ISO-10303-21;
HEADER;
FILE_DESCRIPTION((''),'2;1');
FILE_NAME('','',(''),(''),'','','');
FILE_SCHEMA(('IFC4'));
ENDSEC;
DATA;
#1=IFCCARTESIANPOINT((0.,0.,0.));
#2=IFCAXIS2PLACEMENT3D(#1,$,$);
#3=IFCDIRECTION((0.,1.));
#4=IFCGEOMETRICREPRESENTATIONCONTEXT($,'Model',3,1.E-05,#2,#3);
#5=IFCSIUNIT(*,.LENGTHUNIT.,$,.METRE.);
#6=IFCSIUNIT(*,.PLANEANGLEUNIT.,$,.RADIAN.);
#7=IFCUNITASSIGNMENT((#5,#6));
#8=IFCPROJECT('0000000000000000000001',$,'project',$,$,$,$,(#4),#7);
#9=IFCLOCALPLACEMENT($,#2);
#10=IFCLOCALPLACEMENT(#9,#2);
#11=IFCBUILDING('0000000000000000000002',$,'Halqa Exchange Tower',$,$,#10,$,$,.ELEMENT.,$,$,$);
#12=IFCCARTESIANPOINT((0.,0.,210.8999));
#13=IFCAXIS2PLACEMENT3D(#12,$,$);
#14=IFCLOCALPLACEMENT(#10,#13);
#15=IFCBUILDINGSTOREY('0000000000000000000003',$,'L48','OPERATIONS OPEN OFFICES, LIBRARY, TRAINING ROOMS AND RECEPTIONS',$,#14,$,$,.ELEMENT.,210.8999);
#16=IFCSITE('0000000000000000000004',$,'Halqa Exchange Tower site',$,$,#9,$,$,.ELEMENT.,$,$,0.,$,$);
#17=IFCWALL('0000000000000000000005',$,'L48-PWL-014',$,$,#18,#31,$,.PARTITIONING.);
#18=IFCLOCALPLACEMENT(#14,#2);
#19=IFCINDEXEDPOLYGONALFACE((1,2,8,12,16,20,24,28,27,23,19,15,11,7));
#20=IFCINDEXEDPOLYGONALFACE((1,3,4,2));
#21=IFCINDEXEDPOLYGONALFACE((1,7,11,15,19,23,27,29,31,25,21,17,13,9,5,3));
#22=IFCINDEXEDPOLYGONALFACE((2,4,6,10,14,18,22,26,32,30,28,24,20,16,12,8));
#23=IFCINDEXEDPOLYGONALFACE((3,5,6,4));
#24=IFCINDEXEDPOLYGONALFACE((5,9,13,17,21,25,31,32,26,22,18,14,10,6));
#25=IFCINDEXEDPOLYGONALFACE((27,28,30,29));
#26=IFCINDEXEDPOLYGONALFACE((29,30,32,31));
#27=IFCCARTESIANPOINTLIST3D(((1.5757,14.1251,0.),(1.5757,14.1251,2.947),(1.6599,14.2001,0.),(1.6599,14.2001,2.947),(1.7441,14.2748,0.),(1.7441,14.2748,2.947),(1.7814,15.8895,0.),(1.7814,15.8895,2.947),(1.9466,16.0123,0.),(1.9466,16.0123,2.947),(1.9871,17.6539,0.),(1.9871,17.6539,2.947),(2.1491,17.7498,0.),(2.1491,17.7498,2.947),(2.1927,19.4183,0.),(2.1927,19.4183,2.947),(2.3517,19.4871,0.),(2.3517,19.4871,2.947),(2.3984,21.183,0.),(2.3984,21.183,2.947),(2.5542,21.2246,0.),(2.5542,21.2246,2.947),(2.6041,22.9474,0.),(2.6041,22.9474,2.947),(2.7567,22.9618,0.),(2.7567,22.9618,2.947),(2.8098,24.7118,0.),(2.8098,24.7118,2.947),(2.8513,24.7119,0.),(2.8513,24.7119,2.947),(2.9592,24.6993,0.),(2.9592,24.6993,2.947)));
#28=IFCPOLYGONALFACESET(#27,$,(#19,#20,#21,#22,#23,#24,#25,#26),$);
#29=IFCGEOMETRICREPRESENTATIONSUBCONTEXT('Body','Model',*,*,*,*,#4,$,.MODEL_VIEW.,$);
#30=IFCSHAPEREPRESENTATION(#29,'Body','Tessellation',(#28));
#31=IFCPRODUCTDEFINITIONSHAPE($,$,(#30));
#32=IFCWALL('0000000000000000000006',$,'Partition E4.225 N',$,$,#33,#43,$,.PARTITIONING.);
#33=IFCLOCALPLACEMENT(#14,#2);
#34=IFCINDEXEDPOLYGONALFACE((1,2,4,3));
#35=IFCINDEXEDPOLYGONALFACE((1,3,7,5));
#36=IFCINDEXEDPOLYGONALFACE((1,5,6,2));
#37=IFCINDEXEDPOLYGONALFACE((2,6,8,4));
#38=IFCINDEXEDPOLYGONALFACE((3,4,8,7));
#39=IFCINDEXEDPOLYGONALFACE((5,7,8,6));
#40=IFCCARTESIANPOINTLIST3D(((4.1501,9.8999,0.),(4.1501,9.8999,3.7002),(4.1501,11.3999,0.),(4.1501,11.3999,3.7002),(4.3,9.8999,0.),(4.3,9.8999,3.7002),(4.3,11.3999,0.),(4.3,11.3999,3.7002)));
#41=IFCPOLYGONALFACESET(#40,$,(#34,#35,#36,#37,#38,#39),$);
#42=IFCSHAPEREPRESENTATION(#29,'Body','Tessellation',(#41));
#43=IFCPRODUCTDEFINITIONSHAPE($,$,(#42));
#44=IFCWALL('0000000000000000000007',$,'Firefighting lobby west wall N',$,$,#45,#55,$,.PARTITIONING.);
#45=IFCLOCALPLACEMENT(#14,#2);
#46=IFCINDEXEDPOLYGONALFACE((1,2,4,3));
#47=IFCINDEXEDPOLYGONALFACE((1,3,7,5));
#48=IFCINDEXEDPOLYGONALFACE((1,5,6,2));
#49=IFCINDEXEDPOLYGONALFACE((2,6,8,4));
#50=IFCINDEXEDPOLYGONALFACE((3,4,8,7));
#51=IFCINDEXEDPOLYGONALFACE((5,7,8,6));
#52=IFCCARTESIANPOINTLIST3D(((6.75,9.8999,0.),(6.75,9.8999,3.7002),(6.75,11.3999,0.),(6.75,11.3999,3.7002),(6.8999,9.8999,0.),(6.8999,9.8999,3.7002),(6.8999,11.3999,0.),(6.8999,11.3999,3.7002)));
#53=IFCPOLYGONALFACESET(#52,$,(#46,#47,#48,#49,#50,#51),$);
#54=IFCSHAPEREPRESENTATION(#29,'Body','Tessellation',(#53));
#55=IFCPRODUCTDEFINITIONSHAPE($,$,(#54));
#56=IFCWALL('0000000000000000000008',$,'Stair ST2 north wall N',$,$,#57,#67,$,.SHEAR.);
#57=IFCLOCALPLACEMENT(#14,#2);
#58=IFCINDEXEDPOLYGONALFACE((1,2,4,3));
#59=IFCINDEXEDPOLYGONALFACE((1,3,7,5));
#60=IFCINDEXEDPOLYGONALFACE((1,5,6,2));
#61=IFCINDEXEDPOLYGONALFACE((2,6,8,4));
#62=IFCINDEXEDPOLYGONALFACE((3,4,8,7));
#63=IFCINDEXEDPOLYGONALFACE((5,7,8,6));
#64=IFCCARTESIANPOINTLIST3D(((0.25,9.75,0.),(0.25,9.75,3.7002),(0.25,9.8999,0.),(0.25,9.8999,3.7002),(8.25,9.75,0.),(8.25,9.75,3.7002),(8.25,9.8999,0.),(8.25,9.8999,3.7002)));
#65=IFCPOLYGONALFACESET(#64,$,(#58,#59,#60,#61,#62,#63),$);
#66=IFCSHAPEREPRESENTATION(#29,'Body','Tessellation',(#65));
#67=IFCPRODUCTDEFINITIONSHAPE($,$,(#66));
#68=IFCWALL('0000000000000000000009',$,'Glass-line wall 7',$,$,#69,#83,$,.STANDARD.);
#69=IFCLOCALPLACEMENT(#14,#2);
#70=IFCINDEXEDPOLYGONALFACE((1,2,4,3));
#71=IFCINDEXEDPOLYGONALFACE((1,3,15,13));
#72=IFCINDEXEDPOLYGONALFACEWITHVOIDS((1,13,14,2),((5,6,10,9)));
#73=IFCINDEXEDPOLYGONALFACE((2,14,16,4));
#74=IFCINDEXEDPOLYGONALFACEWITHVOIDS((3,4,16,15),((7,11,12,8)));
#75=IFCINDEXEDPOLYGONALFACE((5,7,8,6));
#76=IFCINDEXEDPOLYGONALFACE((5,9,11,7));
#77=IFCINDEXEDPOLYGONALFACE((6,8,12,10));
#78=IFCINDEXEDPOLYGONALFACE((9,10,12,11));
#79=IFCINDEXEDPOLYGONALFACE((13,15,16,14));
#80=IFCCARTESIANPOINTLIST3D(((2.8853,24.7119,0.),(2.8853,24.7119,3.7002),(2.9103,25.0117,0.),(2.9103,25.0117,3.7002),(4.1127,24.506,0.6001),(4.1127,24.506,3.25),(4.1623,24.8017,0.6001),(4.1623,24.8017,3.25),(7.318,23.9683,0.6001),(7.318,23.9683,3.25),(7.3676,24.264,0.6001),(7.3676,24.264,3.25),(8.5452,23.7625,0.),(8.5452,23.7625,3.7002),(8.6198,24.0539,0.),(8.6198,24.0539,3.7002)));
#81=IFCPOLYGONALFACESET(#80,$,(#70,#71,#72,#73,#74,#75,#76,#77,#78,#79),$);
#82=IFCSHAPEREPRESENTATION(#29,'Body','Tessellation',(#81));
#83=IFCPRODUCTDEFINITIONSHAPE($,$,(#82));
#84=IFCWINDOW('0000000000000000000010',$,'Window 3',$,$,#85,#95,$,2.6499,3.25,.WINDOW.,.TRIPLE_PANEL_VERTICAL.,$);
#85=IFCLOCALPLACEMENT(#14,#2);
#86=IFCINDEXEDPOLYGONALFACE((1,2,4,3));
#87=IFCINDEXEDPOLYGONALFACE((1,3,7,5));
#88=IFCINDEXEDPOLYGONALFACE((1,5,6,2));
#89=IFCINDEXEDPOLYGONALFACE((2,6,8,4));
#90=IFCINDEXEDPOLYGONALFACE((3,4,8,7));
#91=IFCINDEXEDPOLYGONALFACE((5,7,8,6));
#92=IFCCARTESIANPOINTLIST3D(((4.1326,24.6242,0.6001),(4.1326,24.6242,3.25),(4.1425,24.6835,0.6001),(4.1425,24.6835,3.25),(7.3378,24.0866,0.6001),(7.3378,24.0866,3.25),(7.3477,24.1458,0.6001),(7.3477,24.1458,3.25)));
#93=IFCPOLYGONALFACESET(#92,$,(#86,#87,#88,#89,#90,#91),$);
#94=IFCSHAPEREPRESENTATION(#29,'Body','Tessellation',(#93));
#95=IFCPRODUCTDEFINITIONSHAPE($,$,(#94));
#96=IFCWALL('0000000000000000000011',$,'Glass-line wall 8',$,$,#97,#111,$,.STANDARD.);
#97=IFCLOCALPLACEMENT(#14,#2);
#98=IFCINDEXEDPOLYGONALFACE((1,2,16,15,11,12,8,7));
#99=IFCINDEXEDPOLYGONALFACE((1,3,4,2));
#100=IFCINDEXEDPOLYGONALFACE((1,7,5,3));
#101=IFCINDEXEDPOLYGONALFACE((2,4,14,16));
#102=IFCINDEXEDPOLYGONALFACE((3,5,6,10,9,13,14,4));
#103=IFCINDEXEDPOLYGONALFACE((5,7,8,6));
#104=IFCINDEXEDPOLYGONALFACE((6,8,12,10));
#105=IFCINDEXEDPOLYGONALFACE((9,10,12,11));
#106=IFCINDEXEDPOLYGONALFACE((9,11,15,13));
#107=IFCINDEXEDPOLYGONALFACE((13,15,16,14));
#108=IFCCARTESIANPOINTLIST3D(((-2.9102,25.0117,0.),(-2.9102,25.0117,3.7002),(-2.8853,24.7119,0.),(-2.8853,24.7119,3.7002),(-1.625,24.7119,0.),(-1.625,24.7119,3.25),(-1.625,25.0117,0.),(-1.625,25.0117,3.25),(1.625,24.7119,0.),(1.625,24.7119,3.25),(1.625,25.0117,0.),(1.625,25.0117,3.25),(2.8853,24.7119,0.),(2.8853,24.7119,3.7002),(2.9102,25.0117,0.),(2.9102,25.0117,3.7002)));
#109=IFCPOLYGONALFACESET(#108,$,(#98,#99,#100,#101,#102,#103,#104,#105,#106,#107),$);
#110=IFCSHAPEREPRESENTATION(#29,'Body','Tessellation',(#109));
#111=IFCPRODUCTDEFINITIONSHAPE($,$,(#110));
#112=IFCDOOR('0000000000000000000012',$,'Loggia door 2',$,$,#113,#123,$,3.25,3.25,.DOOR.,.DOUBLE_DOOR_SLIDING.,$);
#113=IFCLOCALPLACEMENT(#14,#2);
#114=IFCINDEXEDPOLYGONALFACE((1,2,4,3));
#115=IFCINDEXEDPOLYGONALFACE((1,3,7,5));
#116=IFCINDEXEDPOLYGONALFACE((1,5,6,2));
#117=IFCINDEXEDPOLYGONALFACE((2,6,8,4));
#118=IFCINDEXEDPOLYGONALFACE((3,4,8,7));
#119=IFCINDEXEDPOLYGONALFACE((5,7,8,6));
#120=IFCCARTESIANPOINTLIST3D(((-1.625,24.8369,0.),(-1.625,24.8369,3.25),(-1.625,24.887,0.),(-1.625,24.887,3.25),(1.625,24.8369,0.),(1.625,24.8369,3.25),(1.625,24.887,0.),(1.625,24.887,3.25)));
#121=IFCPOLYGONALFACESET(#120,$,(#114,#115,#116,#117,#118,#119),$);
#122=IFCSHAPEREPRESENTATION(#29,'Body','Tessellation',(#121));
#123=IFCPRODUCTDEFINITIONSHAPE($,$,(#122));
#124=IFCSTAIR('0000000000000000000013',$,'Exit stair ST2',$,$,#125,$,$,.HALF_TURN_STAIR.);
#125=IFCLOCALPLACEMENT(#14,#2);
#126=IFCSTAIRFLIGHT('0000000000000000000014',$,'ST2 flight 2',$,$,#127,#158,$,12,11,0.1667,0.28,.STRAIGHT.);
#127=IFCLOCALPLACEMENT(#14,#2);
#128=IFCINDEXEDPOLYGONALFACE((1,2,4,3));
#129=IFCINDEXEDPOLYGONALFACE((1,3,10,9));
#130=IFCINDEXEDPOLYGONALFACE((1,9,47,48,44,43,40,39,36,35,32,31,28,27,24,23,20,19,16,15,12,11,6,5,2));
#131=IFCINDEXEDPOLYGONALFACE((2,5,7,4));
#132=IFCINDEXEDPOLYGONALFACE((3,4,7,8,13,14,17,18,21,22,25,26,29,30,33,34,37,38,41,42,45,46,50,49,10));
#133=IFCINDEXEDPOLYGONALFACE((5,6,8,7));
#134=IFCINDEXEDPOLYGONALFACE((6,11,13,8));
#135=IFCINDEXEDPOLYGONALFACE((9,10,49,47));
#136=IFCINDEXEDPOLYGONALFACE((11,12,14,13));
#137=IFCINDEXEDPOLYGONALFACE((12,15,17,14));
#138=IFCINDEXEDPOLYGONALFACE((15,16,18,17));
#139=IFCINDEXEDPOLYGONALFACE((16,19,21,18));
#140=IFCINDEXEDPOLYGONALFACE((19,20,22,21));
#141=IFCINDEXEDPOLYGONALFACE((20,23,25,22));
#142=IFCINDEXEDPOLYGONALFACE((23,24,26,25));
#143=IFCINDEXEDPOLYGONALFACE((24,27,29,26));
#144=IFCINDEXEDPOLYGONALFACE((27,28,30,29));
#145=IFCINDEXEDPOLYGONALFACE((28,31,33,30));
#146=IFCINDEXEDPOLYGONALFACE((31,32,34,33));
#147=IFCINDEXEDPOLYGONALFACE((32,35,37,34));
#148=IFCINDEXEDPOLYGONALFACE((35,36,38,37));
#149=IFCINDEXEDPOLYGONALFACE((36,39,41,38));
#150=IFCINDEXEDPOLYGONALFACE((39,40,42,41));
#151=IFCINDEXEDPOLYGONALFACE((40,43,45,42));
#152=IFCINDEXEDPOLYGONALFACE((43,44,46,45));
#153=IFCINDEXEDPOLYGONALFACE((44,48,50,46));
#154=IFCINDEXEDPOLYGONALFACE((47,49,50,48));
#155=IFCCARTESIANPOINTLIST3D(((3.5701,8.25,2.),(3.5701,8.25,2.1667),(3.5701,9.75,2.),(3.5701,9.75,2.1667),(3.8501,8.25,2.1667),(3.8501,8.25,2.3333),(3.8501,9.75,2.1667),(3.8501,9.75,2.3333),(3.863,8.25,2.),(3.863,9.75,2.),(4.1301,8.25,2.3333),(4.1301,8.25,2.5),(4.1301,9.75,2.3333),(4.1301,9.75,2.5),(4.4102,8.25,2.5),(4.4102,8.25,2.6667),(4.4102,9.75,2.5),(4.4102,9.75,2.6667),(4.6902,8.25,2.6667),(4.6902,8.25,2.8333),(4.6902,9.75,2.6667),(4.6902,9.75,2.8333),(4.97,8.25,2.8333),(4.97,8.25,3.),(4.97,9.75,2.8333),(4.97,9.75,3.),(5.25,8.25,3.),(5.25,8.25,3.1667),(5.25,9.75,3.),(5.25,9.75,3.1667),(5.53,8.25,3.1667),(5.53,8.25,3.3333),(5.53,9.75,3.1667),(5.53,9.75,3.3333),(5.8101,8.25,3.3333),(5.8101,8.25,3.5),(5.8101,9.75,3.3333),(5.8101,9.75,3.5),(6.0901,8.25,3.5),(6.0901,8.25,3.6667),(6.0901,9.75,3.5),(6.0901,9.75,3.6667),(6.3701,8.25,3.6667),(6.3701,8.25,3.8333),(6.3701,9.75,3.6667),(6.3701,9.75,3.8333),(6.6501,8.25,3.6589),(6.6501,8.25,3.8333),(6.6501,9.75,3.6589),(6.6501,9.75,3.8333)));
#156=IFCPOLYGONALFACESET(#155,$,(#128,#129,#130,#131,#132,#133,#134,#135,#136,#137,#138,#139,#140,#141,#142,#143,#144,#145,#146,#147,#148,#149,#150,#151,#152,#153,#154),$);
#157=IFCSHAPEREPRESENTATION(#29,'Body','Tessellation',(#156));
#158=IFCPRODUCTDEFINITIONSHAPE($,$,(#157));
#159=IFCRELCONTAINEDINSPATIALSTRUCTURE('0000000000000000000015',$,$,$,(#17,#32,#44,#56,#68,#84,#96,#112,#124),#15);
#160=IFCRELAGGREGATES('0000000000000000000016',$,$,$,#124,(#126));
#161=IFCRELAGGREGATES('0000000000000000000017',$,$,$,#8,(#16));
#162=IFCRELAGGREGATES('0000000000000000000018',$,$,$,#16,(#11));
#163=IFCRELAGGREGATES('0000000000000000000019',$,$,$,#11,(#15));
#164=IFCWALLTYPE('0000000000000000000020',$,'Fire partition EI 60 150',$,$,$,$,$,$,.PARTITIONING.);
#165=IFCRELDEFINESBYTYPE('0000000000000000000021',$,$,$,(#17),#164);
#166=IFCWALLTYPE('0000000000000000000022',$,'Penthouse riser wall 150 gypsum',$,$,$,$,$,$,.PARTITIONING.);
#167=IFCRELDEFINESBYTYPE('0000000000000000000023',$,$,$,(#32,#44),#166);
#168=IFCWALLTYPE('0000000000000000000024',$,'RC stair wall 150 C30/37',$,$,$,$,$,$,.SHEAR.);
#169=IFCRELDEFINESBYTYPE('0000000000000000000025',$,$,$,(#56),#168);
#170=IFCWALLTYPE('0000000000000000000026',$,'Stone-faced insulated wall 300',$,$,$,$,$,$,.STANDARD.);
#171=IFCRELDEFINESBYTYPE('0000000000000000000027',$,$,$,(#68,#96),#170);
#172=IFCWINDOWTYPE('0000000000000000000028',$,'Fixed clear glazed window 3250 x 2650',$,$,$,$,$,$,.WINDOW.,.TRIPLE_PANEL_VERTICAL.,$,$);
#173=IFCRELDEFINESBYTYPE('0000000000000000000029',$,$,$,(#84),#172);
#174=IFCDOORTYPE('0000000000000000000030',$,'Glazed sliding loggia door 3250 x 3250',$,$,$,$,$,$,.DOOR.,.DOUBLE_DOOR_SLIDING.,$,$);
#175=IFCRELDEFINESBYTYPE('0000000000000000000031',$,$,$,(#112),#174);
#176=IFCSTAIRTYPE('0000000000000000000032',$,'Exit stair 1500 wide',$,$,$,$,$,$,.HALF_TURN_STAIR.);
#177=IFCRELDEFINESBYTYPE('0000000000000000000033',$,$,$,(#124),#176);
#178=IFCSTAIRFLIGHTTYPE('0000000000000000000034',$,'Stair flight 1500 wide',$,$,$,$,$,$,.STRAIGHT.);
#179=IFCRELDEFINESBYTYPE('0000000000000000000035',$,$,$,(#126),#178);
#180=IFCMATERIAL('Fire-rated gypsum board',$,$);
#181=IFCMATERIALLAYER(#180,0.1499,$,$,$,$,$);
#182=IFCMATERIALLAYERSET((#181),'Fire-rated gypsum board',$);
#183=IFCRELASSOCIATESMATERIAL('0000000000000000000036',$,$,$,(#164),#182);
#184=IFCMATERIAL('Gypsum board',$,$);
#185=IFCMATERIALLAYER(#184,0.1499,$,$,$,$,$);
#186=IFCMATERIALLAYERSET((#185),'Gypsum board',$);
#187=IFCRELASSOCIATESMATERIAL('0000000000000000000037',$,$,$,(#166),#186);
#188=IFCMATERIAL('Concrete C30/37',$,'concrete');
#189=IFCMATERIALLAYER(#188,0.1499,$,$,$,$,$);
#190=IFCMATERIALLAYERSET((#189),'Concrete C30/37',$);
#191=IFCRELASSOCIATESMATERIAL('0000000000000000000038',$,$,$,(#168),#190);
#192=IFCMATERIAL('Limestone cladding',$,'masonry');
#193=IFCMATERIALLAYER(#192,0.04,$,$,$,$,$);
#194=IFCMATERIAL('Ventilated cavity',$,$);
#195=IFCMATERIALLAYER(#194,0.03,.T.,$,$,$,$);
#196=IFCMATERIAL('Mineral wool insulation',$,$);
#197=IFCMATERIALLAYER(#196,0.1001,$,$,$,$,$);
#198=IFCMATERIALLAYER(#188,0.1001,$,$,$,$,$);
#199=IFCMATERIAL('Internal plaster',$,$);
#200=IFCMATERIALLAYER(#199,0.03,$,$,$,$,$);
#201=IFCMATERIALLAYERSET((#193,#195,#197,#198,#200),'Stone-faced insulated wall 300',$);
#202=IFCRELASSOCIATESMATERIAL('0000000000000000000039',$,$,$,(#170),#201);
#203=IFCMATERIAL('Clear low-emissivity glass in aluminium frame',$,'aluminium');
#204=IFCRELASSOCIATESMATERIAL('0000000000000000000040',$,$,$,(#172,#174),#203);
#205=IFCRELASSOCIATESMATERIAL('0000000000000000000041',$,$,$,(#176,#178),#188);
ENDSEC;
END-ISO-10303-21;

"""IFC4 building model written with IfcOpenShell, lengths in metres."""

from ifc_helpers import new_model, si_unit, direction, frame, frame_2d, origin, place, context, subcontext, project, spatial, polyline, rectangle, outline, extrude, material, layer, layer_set, type_object, element, fill, aggregate, save


model = new_model("IFC4")

# Units and contexts
model_context = context("Model", 3, precision=1e-05, world=origin(), true_north=direction((0.0, 1.0)))
body_context = subcontext(model_context, "Body", "Model", "MODEL_VIEW")
ifc_project = project(units=[si_unit("LENGTHUNIT", "METRE"), si_unit("PLANEANGLEUNIT", "RADIAN")], contexts=[model_context])

# Site, building, storey
site_placement = place(None, origin())
site = spatial("IfcSite", under=ifc_project, at=site_placement, Name="Halqa Exchange Tower site", CompositionType="ELEMENT", RefElevation=0.0)
building_placement = place(site_placement, origin())
building = spatial("IfcBuilding", under=site, at=building_placement, Name="Halqa Exchange Tower", CompositionType="ELEMENT")
storey_placement = place(building_placement, frame((0.0, 0.0, 210.8999)))
storey = spatial("IfcBuildingStorey", under=building, at=storey_placement, Name="L48", Description="OPERATIONS OPEN OFFICES, LIBRARY, TRAINING ROOMS AND RECEPTIONS", CompositionType="ELEMENT", Elevation=210.8999)

# Shared definitions
ifc_material_1 = material(Name="Fire-rated gypsum board")
ifc_layer_1 = layer(ifc_material_1, 0.1499)
ifc_layer_set_1 = layer_set([ifc_layer_1], Name="Fire-rated gypsum board")
wall_type_1 = type_object("IfcWallType", Name="Fire partition EI 60 150", PredefinedType="PARTITIONING", material=ifc_layer_set_1)

# Walls
wall_1_placement = place(storey_placement, frame((2.8848, 24.708, 0.0), z_axis=(0.0, 0.0, 1.0), x_axis=(-0.11578, -0.993275, 0.0)))
element("IfcWall", 1, at=wall_1_placement, inside=storey, type_object=wall_type_1, Name="L48-PWL-014", PredefinedType="PARTITIONING", context=body_context, shape_type="SweptSolid", body=[
    extrude(outline(polyline([(0.0049, -0.075), (1.7812, -0.075), (3.5576, -0.075), (5.3342, -0.075), (7.1106, -0.075), (8.887, -0.075), (10.6633, -0.075), (10.5791, 0.0), (10.4951, 0.075), (8.7458, 0.075), (6.9966, 0.075), (5.2476, 0.075), (3.4983, 0.075), (1.7493, 0.075), (0.0, 0.075), (0.0, -0.0337), (0.0049, -0.075)])), origin(), (0.0, 0.0, 1.0), 2.947),
])
ifc_material_2 = material(Name="Gypsum board")
ifc_layer_2 = layer(ifc_material_2, 0.1499)
ifc_layer_set_2 = layer_set([ifc_layer_2], Name="Gypsum board")
wall_type_2 = type_object("IfcWallType", Name="Penthouse riser wall 150 gypsum", PredefinedType="PARTITIONING", material=ifc_layer_set_2)
for number, where, z_axis, x_axis, name in (
    (2, (4.2251, 9.8999, 0.0), (0.0, 0.0, 1.0), (0.0, 1.0, 0.0), "Partition E4.225 N"),
    (3, (6.825, 9.8999, 0.0), (0.0, 0.0, 1.0), (0.0, 1.0, 0.0), "Firefighting lobby west wall N"),
):
    element("IfcWall", number, at=place(storey_placement, frame(where, z_axis=z_axis, x_axis=x_axis)), inside=storey, type_object=wall_type_2, Name=name, PredefinedType="PARTITIONING", context=body_context, shape_type="SweptSolid", body=[
        extrude(rectangle(XDim=1.5, YDim=0.1499, at=frame_2d((0.75, 0.0))), origin(), (0.0, 0.0, 1.0), 3.7002),
    ])
ifc_material_3 = material(Name="Concrete C30/37", Category="concrete")
ifc_layer_3 = layer(ifc_material_3, 0.1499)
ifc_layer_set_3 = layer_set([ifc_layer_3], Name="Concrete C30/37")
wall_type_3 = type_object("IfcWallType", Name="RC stair wall 150 C30/37", PredefinedType="SHEAR", material=ifc_layer_set_3)
wall_2_placement = place(storey_placement, frame((0.25, 9.825, 0.0), z_axis=(0.0, 0.0, 1.0), x_axis=(1.0, 0.0, 0.0)))
element("IfcWall", 4, at=wall_2_placement, inside=storey, type_object=wall_type_3, Name="Stair ST2 north wall N", PredefinedType="SHEAR", context=body_context, shape_type="SweptSolid", body=[
    extrude(rectangle(XDim=8.0, YDim=0.1499, at=frame_2d((4.0, 0.0))), origin(), (0.0, 0.0, 1.0), 3.7002),
])

# Wall, opening, window
ifc_material_4 = material(Name="Limestone cladding", Category="masonry")
ifc_layer_4 = layer(ifc_material_4, 0.04)
ifc_material_5 = material(Name="Ventilated cavity")
ifc_layer_5 = layer(ifc_material_5, 0.03, ventilated=True)
ifc_material_6 = material(Name="Mineral wool insulation")
ifc_layer_6 = layer(ifc_material_6, 0.1001)
ifc_layer_7 = layer(ifc_material_3, 0.1001)
ifc_material_7 = material(Name="Internal plaster")
ifc_layer_8 = layer(ifc_material_7, 0.03)
ifc_layer_set_4 = layer_set([ifc_layer_4, ifc_layer_5, ifc_layer_6, ifc_layer_7, ifc_layer_8], Name="Stone-faced insulated wall 300")
wall_type_4 = type_object("IfcWallType", Name="Stone-faced insulated wall 300", PredefinedType="STANDARD", material=ifc_layer_set_4)
wall_3_placement = place(storey_placement, frame((8.5825, 23.9082, 0.0), z_axis=(0.0, 0.0, 1.0), x_axis=(-0.986221, 0.165436, 0.0)))
wall_3 = element("IfcWall", 5, at=wall_3_placement, inside=storey, type_object=wall_type_4, Name="Glass-line wall 7", PredefinedType="STANDARD", context=body_context, shape_type="SweptSolid", body=[
    extrude(outline(polyline([(-0.0127, -0.1499), (5.7766, -0.1499), (5.7517, 0.1499), (0.0127, 0.1499), (-0.0127, -0.1499)])), origin(), (0.0, 0.0, 1.0), 3.7002),
])
opening_1_placement = place(wall_3_placement, frame((1.2571, 0.0, 0.6001)))
opening_1 = element("IfcOpeningElement", 6, at=opening_1_placement, cuts=wall_3, PredefinedType="OPENING", context=body_context, shape_type="SweptSolid", body=[
    extrude(rectangle(XDim=3.25, YDim=2.6499, at=frame_2d((1.625, 1.325))), frame((0.0, 0.1621, 0.0), z_axis=(0.0, -1.0, 0.0), x_axis=(1.0, 0.0, 0.0)), (0.0, 0.0, 1.0), 0.324),
])
ifc_material_8 = material(Name="Clear low-emissivity glass in aluminium frame", Category="aluminium")
window_type = type_object("IfcWindowType", Name="Fixed clear glazed window 3250 x 2650", PartitioningType="TRIPLE_PANEL_VERTICAL", PredefinedType="WINDOW", material=ifc_material_8)
window_placement = place(opening_1_placement, origin())
window = element("IfcWindow", 7, at=window_placement, inside=storey, type_object=window_type, Name="Window 3", OverallHeight=2.6499, OverallWidth=3.25, PartitioningType="TRIPLE_PANEL_VERTICAL", PredefinedType="WINDOW", context=body_context, shape_type="SweptSolid", body=[
    extrude(rectangle(XDim=3.25, YDim=2.6499, at=frame_2d((1.625, 1.325))), frame((0.0, 0.03, 0.0), z_axis=(0.0, -1.0, 0.0), x_axis=(1.0, 0.0, 0.0)), (0.0, 0.0, 1.0), 0.0601),
])
fill(opening_1, window)

# Wall, opening, door
wall_4_placement = place(storey_placement, frame((2.8977, 24.8618, 0.0), z_axis=(0.0, 0.0, 1.0), x_axis=(-1.0, 0.0, 0.0)))
wall_4 = element("IfcWall", 8, at=wall_4_placement, inside=storey, type_object=wall_type_4, Name="Glass-line wall 8", PredefinedType="STANDARD", context=body_context, shape_type="SweptSolid", body=[
    extrude(outline(polyline([(-0.0125, -0.1499), (5.8079, -0.1499), (5.783, 0.1499), (0.0125, 0.1499), (-0.0125, -0.1499)])), origin(), (0.0, 0.0, 1.0), 3.7002),
])
opening_2_placement = place(wall_4_placement, frame((1.2727, 0.0, 0.0)))
opening_2 = element("IfcOpeningElement", 9, at=opening_2_placement, cuts=wall_4, PredefinedType="OPENING", context=body_context, shape_type="SweptSolid", body=[
    extrude(rectangle(XDim=3.25, YDim=3.25, at=frame_2d((1.625, 1.625))), frame((0.0, 0.1621, 0.0), z_axis=(0.0, -1.0, 0.0), x_axis=(1.0, 0.0, 0.0)), (0.0, 0.0, 1.0), 0.324),
])
door_type_1 = type_object("IfcDoorType", Name="Glazed sliding loggia door 3250 x 3250", OperationType="DOUBLE_DOOR_SLIDING", PredefinedType="DOOR", material=ifc_material_8)
door_1_placement = place(opening_2_placement, origin())
door_1 = element("IfcDoor", 10, at=door_1_placement, inside=storey, type_object=door_type_1, Name="Loggia door 2", OperationType="DOUBLE_DOOR_SLIDING", OverallHeight=3.25, OverallWidth=3.25, PredefinedType="DOOR", context=body_context, shape_type="SweptSolid", body=[
    extrude(rectangle(XDim=3.25, YDim=3.25, at=frame_2d((1.625, 1.625))), frame((0.0, 0.0249, 0.0), z_axis=(0.0, -1.0, 0.0), x_axis=(1.0, 0.0, 0.0)), (0.0, 0.0, 1.0), 0.05),
])
fill(opening_2, door_1)

# Stair, stair flight
stair_type = type_object("IfcStairType", Name="Exit stair 1500 wide", PredefinedType="HALF_TURN_STAIR", material=ifc_material_3)
stair_placement = place(storey_placement, origin())
stair = element("IfcStair", 11, at=stair_placement, inside=storey, type_object=stair_type, Name="Exit stair ST2", PredefinedType="HALF_TURN_STAIR")
stair_flight_type = type_object("IfcStairFlightType", Name="Stair flight 1500 wide", PredefinedType="STRAIGHT", material=ifc_material_3)
stair_flight_placement = place(storey_placement, frame((3.5701, 9.0, 2.0), z_axis=(0.0, 0.0, 1.0), x_axis=(1.0, 0.0, 0.0)))
stair_flight = element("IfcStairFlight", 12, at=stair_flight_placement, type_object=stair_flight_type, Name="ST2 flight 2", NumberOfRisers=12, NumberOfTreads=11, PredefinedType="STRAIGHT", RiserHeight=0.1667, TreadLength=0.28, context=body_context, shape_type="SweptSolid", body=[
    extrude(outline(polyline([(0.0, 0.0), (0.0, 0.1667), (0.28, 0.1667), (0.28, 0.3333), (0.5601, 0.3333), (0.5601, 0.5), (0.8401, 0.5), (0.8401, 0.6667), (1.1201, 0.6667), (1.1201, 0.8333), (1.3999, 0.8333), (1.3999, 1.0), (1.6799, 1.0), (1.6799, 1.1667), (1.96, 1.1667), (1.96, 1.3333), (2.24, 1.3333), (2.24, 1.5), (2.52, 1.5), (2.52, 1.6667), (2.8, 1.6667), (2.8, 1.8333), (3.0801, 1.8333), (3.0801, 2.0), (3.0801, 1.6589), (0.293, 0.0), (0.0, 0.0)])), frame((0.0, 0.75, 0.0), z_axis=(0.0, -1.0, 0.0), x_axis=(1.0, 0.0, 0.0)), (0.0, 0.0, 1.0), 1.5),
])
aggregate(stair, [stair_flight])

save(model, "model.ifc")
